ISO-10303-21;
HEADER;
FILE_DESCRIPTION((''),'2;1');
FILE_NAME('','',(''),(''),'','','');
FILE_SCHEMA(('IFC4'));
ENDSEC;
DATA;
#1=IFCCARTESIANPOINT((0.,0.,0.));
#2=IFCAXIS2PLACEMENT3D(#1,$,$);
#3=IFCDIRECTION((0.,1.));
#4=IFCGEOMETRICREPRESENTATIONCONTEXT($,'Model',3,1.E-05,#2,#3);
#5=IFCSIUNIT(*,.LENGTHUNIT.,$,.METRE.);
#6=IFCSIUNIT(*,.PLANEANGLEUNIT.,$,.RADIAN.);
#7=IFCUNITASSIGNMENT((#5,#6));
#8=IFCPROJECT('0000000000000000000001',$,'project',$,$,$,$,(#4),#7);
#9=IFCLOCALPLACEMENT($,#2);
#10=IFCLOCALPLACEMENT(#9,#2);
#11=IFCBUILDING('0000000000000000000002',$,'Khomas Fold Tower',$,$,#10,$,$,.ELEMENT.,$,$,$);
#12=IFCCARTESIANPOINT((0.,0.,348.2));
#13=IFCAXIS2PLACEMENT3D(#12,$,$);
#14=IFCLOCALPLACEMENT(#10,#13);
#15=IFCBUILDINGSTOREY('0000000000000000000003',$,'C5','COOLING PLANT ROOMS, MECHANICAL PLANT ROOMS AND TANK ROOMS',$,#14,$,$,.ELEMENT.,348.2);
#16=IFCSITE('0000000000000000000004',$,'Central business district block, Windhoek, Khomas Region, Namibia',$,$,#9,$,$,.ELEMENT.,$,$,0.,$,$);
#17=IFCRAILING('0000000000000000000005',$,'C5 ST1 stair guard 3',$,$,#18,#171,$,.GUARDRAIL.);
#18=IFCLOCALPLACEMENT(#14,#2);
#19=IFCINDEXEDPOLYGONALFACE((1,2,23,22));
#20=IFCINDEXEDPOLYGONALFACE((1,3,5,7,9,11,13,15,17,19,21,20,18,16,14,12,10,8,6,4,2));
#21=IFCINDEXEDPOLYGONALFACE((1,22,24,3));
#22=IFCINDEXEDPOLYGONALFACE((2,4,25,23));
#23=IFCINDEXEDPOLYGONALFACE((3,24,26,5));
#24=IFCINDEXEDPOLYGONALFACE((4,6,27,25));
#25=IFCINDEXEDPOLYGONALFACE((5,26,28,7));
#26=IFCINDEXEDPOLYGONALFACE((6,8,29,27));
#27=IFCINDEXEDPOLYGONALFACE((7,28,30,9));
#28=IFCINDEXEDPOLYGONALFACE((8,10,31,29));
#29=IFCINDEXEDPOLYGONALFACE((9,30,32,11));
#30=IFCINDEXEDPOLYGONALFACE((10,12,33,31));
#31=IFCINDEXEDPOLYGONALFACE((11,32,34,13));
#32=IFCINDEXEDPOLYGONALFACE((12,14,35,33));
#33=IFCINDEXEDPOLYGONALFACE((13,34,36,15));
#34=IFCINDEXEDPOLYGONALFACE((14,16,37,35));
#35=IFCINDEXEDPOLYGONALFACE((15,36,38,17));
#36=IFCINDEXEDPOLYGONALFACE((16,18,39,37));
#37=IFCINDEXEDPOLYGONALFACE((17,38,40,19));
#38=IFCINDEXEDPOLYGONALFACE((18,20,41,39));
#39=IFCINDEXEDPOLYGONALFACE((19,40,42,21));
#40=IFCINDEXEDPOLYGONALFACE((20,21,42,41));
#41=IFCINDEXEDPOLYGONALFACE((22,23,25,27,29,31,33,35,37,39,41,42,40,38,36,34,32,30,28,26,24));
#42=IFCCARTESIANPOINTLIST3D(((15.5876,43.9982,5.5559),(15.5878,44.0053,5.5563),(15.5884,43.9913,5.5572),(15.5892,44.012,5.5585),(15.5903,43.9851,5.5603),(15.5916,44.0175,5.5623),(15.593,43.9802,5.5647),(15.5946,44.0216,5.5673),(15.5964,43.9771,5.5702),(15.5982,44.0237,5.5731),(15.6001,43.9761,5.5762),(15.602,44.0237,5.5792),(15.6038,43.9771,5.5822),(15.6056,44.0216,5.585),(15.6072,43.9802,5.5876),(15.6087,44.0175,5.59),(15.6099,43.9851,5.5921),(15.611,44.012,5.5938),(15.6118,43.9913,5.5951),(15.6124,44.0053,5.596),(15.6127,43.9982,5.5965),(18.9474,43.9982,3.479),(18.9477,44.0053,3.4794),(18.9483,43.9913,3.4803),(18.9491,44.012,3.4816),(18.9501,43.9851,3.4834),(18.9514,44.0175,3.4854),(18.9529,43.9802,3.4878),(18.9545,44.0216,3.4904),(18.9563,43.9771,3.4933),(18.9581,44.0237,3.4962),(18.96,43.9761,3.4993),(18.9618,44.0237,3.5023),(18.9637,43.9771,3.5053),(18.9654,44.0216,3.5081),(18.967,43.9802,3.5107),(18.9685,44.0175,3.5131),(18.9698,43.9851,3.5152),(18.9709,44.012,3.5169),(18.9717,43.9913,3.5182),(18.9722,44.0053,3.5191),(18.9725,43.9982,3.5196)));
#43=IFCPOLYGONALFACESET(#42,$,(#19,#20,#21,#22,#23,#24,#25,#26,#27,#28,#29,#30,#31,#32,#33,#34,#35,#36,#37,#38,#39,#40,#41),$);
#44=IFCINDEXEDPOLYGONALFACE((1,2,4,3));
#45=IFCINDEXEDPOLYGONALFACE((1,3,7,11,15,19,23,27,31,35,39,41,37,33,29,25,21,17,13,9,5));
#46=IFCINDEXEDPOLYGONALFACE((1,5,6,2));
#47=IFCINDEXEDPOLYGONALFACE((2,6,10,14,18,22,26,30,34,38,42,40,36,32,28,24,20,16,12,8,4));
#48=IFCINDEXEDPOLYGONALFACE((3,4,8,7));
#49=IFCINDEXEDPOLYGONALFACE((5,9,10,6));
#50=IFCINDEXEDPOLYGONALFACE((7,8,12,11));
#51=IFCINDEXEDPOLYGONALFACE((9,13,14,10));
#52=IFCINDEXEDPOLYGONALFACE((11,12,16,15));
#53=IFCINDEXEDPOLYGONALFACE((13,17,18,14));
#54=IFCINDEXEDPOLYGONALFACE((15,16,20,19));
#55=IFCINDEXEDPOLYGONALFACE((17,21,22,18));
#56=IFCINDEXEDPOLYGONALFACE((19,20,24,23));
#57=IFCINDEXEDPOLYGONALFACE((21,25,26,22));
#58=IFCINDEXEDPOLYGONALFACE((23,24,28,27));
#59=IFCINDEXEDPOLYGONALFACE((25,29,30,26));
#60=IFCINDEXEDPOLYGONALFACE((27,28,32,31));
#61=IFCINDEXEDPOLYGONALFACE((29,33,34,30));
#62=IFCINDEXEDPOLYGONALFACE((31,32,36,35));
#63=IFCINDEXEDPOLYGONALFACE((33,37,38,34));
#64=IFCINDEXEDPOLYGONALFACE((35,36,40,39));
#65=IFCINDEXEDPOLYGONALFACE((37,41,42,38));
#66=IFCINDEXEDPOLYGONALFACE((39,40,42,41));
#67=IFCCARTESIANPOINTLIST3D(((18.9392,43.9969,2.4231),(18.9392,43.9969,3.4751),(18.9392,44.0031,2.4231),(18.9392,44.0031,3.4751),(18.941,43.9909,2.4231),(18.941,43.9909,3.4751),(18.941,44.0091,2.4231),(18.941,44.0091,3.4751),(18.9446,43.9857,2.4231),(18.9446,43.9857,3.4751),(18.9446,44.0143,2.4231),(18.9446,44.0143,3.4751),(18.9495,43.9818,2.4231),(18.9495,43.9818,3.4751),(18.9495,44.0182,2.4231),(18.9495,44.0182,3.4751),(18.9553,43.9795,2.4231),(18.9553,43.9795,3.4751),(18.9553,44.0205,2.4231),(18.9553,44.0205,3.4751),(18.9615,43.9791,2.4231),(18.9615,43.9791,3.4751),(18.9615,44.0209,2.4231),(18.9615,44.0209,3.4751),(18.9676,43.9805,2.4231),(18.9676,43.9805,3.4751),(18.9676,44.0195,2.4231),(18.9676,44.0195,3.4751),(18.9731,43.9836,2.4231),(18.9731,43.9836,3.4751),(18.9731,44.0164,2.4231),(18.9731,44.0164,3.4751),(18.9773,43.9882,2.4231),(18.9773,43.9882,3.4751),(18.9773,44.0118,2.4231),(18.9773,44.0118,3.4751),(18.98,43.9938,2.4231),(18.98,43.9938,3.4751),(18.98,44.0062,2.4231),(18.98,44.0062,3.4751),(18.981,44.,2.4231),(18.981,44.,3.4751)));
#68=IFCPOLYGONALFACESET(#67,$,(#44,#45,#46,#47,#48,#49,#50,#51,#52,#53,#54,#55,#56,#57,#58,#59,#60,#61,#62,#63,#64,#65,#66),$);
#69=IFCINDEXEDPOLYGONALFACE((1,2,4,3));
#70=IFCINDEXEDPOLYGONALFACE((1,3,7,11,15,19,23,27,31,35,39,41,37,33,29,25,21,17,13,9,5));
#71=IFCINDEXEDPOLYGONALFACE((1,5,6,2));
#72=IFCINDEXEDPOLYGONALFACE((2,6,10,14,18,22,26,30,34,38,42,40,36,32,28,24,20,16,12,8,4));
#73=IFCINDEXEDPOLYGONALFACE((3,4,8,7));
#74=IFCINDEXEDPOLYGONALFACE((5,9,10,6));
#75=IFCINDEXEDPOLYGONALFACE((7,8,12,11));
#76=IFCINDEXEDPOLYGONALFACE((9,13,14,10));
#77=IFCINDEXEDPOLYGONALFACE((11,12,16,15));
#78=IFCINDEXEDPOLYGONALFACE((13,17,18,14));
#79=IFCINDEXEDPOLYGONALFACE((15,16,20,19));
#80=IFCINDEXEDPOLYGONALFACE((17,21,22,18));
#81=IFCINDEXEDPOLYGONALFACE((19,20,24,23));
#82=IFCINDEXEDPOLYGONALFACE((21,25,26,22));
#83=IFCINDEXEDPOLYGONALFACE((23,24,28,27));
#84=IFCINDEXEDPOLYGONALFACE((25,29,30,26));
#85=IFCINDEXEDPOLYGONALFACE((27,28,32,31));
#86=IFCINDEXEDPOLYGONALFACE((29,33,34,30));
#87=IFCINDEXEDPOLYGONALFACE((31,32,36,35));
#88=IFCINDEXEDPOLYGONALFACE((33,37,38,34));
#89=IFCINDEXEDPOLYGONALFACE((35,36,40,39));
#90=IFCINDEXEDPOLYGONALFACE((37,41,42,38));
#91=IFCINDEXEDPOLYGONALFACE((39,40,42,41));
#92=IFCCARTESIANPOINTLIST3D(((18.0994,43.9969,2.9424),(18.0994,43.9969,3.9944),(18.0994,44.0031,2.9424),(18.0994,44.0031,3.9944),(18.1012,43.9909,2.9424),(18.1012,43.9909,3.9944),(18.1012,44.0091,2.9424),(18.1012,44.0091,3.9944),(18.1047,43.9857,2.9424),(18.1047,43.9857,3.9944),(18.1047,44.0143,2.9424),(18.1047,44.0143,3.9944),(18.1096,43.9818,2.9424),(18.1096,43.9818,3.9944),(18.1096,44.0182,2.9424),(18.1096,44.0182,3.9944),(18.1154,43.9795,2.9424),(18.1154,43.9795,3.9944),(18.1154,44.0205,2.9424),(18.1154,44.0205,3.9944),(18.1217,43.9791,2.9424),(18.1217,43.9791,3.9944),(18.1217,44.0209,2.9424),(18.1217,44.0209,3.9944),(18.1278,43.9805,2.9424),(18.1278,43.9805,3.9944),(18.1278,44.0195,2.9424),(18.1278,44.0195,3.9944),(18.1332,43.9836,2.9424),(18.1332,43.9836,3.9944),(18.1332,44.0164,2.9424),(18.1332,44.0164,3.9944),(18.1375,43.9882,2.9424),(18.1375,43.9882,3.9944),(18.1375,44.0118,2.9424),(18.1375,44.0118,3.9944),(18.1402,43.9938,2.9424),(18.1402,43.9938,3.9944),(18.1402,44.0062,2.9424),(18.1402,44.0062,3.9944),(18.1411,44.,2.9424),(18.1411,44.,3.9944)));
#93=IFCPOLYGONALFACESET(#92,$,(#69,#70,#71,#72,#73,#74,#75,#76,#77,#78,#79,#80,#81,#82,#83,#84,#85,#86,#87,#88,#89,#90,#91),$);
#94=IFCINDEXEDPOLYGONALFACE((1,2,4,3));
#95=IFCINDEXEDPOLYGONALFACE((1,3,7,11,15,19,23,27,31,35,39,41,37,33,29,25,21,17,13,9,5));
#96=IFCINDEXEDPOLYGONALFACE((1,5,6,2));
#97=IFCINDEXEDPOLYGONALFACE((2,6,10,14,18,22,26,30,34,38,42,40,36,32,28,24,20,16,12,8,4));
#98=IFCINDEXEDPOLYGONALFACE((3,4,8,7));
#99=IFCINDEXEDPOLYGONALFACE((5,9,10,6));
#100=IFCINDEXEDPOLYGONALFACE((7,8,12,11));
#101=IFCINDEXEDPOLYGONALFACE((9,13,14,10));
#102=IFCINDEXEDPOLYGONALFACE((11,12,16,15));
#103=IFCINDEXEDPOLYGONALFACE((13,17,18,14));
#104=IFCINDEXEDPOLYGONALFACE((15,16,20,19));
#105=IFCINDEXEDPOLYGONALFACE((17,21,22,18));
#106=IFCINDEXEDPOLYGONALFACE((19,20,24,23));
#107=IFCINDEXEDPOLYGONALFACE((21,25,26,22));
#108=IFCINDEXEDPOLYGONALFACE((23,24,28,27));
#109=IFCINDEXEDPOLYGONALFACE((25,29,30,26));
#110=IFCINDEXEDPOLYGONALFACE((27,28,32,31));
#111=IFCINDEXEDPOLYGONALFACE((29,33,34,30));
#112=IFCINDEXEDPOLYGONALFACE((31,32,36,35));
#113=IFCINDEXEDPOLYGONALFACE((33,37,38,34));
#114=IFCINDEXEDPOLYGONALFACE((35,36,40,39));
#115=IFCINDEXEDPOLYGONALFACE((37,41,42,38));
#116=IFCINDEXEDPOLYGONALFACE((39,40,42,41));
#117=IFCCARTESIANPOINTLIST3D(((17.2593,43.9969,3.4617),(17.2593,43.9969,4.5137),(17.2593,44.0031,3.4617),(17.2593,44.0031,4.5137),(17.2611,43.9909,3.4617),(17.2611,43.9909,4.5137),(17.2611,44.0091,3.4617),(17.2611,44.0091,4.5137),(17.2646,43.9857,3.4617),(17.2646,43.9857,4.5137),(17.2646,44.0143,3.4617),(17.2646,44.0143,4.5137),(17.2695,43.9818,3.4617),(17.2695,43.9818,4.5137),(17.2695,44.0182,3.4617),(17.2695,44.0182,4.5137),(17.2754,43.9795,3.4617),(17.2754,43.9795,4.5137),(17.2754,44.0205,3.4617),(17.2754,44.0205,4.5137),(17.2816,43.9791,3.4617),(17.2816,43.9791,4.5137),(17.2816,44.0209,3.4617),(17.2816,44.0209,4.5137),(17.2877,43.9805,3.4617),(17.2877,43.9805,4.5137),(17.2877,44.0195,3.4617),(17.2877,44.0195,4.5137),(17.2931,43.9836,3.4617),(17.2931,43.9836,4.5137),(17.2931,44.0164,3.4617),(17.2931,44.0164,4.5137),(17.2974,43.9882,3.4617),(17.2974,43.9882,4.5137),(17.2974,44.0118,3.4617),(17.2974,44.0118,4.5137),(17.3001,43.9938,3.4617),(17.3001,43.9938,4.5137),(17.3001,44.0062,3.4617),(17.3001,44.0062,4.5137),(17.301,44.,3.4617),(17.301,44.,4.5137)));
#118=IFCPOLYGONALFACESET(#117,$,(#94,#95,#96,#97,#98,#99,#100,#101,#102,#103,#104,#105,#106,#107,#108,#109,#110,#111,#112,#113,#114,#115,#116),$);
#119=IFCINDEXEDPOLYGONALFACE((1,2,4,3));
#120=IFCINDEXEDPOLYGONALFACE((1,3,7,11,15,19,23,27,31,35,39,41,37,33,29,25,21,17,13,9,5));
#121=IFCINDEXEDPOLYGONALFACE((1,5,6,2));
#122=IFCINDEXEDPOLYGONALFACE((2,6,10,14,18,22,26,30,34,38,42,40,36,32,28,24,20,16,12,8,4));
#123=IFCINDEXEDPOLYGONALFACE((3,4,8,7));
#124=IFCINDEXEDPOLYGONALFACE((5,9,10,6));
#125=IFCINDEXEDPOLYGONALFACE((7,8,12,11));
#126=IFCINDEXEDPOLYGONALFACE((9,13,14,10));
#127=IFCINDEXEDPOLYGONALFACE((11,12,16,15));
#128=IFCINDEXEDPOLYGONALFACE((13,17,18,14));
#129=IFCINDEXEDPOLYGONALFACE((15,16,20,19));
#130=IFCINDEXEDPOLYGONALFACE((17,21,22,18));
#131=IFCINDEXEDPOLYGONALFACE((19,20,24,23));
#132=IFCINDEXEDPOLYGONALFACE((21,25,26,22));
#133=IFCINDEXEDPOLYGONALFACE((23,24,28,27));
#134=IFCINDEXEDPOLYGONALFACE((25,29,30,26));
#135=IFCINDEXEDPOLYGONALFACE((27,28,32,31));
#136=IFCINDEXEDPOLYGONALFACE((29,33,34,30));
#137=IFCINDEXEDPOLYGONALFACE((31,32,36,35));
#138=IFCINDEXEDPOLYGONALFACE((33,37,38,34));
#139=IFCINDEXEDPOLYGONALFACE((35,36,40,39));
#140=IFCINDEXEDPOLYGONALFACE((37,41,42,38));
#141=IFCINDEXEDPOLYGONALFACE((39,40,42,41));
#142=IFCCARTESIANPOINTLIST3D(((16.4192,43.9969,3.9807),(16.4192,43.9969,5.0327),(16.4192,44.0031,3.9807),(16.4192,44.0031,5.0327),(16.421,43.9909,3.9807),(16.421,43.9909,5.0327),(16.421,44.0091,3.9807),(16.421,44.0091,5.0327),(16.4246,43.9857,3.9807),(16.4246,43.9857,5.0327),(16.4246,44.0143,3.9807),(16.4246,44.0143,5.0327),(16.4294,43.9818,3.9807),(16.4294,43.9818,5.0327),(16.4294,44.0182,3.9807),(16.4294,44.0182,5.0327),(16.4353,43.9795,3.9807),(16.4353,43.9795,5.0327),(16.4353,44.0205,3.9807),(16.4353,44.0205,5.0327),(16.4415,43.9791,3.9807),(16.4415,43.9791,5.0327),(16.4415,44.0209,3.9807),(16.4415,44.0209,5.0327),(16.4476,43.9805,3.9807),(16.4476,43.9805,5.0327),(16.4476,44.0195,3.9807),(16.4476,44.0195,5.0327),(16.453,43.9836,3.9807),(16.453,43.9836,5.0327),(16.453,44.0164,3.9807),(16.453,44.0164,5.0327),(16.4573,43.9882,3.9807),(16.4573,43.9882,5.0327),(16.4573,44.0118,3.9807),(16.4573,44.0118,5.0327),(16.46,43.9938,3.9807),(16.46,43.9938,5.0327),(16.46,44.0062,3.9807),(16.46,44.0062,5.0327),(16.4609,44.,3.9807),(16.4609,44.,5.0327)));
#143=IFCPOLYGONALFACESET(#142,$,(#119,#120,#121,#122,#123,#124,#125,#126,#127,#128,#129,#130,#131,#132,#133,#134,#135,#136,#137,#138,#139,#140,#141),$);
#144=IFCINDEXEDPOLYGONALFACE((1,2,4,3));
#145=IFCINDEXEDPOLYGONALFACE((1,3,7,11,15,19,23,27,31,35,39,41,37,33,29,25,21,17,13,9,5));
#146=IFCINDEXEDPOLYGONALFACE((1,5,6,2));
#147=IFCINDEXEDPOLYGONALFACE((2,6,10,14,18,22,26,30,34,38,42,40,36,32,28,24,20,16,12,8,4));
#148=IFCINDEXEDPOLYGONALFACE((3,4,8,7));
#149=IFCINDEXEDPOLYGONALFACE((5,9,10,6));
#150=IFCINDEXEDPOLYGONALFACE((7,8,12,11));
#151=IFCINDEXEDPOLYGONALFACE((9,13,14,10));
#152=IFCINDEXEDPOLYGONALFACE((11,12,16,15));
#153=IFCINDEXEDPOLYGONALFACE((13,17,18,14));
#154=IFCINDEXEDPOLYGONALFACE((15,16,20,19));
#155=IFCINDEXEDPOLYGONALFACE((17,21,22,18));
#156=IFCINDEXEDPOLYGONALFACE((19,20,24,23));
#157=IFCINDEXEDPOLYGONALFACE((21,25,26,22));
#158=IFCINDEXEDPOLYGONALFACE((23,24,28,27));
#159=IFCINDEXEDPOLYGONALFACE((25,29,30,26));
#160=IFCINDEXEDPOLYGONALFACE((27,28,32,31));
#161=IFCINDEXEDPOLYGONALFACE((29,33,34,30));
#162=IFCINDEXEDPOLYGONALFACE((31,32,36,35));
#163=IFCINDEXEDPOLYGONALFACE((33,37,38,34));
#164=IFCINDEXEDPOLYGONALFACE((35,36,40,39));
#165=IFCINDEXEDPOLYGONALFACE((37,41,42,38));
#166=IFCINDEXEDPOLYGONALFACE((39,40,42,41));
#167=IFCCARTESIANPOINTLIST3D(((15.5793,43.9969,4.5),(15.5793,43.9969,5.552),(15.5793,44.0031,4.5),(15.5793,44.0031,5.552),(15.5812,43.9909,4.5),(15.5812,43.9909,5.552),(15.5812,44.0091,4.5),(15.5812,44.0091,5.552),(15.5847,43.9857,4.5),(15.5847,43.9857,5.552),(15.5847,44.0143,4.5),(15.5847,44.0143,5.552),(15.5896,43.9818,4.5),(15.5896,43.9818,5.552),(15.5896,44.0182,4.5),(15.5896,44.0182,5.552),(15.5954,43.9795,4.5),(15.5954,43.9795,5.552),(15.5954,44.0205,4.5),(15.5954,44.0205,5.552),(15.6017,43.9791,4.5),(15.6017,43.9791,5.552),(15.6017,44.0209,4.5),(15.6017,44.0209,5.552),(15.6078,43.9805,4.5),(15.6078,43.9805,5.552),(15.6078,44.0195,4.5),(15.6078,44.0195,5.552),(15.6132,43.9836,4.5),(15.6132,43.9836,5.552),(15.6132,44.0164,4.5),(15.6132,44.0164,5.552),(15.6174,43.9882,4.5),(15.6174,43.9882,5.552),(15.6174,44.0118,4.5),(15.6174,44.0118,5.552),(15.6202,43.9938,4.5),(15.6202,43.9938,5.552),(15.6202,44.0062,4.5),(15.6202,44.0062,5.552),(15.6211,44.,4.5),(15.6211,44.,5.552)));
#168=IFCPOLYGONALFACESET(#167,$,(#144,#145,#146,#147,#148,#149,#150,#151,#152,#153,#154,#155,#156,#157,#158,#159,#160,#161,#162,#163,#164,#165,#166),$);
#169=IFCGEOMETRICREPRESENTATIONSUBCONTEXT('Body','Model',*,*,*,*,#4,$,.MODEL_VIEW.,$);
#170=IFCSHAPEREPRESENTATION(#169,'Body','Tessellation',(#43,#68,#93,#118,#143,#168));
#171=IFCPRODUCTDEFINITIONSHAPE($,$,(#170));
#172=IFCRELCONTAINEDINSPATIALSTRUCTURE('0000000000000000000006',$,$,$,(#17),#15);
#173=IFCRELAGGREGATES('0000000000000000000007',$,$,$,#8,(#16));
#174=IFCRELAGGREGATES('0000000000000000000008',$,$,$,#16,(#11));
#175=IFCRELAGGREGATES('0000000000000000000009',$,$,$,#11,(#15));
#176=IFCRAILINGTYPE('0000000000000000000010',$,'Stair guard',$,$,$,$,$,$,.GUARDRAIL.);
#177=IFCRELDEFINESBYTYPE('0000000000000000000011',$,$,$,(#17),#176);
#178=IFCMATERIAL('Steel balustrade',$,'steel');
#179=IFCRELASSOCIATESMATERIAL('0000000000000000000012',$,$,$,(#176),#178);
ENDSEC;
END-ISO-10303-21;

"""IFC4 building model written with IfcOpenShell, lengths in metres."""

from ifc_helpers import new_model, si_unit, direction, frame, origin, origin_2d, place, context, subcontext, project, spatial, circle, extrude, source, transform, mapped, material, type_object, element, save


model = new_model("IFC4")

# Units and contexts
model_context = context("Model", 3, precision=1e-05, world=origin(), true_north=direction((0.0, 1.0)))
body_context = subcontext(model_context, "Body", "Model", "MODEL_VIEW")
ifc_project = project(units=[si_unit("LENGTHUNIT", "METRE"), si_unit("PLANEANGLEUNIT", "RADIAN")], contexts=[model_context])

# Site, building, storey
site_placement = place(None, origin())
site = spatial("IfcSite", under=ifc_project, at=site_placement, Name="Central business district block, Windhoek, Khomas Region, Namibia", CompositionType="ELEMENT", RefElevation=0.0)
building_placement = place(site_placement, origin())
building = spatial("IfcBuilding", under=site, at=building_placement, Name="Khomas Fold Tower", CompositionType="ELEMENT")
storey_placement = place(building_placement, frame((0.0, 0.0, 348.2)))
storey = spatial("IfcBuildingStorey", under=building, at=storey_placement, Name="C5", Description="COOLING PLANT ROOMS, MECHANICAL PLANT ROOMS AND TANK ROOMS", CompositionType="ELEMENT", Elevation=348.2)

# Railing
ifc_material_1 = material(Name="Steel balustrade", Category="steel")
railing_type_1 = type_object("IfcRailingType", Name="Stair guard", PredefinedType="GUARDRAIL", material=ifc_material_1)
shared_shape_1 = source(origin(), body_context, "Body", "SweptSolid", [
    extrude(circle(Radius=0.0239, at=origin_2d()), frame((0.0, 0.0, 1.0762), z_axis=(-0.850606, 0.0, 0.525803), x_axis=(0.0, -1.0, 0.0)), (0.0, 0.0, 1.0), 3.95),
    extrude(circle(Radius=0.021, at=origin_2d()), origin(), (0.0, 0.0, 1.0), 1.052),
    extrude(circle(Radius=0.021, at=origin_2d()), frame((-0.8398, 0.0, 0.5193)), (0.0, 0.0, 1.0), 1.052),
    extrude(circle(Radius=0.021, at=origin_2d()), frame((-1.6799, 0.0, 1.0386)), (0.0, 0.0, 1.0), 1.052),
    extrude(circle(Radius=0.021, at=origin_2d()), frame((-2.52, 0.0, 1.5576)), (0.0, 0.0, 1.0), 1.052),
    extrude(circle(Radius=0.021, at=origin_2d()), frame((-3.3599, 0.0, 2.0769)), (0.0, 0.0, 1.0), 1.052),
])
railing_1_placement = place(storey_placement, frame((18.96, 44.0, 2.4231)))
element("IfcRailing", 1, at=railing_1_placement, inside=storey, type_object=railing_type_1, Name="C5 ST1 stair guard 3", PredefinedType="GUARDRAIL", context=body_context, shape_type="MappedRepresentation", body=[
    mapped(shared_shape_1, transform((0.0, 0.0, 0.0))),
])

save(model, "model.ifc")
